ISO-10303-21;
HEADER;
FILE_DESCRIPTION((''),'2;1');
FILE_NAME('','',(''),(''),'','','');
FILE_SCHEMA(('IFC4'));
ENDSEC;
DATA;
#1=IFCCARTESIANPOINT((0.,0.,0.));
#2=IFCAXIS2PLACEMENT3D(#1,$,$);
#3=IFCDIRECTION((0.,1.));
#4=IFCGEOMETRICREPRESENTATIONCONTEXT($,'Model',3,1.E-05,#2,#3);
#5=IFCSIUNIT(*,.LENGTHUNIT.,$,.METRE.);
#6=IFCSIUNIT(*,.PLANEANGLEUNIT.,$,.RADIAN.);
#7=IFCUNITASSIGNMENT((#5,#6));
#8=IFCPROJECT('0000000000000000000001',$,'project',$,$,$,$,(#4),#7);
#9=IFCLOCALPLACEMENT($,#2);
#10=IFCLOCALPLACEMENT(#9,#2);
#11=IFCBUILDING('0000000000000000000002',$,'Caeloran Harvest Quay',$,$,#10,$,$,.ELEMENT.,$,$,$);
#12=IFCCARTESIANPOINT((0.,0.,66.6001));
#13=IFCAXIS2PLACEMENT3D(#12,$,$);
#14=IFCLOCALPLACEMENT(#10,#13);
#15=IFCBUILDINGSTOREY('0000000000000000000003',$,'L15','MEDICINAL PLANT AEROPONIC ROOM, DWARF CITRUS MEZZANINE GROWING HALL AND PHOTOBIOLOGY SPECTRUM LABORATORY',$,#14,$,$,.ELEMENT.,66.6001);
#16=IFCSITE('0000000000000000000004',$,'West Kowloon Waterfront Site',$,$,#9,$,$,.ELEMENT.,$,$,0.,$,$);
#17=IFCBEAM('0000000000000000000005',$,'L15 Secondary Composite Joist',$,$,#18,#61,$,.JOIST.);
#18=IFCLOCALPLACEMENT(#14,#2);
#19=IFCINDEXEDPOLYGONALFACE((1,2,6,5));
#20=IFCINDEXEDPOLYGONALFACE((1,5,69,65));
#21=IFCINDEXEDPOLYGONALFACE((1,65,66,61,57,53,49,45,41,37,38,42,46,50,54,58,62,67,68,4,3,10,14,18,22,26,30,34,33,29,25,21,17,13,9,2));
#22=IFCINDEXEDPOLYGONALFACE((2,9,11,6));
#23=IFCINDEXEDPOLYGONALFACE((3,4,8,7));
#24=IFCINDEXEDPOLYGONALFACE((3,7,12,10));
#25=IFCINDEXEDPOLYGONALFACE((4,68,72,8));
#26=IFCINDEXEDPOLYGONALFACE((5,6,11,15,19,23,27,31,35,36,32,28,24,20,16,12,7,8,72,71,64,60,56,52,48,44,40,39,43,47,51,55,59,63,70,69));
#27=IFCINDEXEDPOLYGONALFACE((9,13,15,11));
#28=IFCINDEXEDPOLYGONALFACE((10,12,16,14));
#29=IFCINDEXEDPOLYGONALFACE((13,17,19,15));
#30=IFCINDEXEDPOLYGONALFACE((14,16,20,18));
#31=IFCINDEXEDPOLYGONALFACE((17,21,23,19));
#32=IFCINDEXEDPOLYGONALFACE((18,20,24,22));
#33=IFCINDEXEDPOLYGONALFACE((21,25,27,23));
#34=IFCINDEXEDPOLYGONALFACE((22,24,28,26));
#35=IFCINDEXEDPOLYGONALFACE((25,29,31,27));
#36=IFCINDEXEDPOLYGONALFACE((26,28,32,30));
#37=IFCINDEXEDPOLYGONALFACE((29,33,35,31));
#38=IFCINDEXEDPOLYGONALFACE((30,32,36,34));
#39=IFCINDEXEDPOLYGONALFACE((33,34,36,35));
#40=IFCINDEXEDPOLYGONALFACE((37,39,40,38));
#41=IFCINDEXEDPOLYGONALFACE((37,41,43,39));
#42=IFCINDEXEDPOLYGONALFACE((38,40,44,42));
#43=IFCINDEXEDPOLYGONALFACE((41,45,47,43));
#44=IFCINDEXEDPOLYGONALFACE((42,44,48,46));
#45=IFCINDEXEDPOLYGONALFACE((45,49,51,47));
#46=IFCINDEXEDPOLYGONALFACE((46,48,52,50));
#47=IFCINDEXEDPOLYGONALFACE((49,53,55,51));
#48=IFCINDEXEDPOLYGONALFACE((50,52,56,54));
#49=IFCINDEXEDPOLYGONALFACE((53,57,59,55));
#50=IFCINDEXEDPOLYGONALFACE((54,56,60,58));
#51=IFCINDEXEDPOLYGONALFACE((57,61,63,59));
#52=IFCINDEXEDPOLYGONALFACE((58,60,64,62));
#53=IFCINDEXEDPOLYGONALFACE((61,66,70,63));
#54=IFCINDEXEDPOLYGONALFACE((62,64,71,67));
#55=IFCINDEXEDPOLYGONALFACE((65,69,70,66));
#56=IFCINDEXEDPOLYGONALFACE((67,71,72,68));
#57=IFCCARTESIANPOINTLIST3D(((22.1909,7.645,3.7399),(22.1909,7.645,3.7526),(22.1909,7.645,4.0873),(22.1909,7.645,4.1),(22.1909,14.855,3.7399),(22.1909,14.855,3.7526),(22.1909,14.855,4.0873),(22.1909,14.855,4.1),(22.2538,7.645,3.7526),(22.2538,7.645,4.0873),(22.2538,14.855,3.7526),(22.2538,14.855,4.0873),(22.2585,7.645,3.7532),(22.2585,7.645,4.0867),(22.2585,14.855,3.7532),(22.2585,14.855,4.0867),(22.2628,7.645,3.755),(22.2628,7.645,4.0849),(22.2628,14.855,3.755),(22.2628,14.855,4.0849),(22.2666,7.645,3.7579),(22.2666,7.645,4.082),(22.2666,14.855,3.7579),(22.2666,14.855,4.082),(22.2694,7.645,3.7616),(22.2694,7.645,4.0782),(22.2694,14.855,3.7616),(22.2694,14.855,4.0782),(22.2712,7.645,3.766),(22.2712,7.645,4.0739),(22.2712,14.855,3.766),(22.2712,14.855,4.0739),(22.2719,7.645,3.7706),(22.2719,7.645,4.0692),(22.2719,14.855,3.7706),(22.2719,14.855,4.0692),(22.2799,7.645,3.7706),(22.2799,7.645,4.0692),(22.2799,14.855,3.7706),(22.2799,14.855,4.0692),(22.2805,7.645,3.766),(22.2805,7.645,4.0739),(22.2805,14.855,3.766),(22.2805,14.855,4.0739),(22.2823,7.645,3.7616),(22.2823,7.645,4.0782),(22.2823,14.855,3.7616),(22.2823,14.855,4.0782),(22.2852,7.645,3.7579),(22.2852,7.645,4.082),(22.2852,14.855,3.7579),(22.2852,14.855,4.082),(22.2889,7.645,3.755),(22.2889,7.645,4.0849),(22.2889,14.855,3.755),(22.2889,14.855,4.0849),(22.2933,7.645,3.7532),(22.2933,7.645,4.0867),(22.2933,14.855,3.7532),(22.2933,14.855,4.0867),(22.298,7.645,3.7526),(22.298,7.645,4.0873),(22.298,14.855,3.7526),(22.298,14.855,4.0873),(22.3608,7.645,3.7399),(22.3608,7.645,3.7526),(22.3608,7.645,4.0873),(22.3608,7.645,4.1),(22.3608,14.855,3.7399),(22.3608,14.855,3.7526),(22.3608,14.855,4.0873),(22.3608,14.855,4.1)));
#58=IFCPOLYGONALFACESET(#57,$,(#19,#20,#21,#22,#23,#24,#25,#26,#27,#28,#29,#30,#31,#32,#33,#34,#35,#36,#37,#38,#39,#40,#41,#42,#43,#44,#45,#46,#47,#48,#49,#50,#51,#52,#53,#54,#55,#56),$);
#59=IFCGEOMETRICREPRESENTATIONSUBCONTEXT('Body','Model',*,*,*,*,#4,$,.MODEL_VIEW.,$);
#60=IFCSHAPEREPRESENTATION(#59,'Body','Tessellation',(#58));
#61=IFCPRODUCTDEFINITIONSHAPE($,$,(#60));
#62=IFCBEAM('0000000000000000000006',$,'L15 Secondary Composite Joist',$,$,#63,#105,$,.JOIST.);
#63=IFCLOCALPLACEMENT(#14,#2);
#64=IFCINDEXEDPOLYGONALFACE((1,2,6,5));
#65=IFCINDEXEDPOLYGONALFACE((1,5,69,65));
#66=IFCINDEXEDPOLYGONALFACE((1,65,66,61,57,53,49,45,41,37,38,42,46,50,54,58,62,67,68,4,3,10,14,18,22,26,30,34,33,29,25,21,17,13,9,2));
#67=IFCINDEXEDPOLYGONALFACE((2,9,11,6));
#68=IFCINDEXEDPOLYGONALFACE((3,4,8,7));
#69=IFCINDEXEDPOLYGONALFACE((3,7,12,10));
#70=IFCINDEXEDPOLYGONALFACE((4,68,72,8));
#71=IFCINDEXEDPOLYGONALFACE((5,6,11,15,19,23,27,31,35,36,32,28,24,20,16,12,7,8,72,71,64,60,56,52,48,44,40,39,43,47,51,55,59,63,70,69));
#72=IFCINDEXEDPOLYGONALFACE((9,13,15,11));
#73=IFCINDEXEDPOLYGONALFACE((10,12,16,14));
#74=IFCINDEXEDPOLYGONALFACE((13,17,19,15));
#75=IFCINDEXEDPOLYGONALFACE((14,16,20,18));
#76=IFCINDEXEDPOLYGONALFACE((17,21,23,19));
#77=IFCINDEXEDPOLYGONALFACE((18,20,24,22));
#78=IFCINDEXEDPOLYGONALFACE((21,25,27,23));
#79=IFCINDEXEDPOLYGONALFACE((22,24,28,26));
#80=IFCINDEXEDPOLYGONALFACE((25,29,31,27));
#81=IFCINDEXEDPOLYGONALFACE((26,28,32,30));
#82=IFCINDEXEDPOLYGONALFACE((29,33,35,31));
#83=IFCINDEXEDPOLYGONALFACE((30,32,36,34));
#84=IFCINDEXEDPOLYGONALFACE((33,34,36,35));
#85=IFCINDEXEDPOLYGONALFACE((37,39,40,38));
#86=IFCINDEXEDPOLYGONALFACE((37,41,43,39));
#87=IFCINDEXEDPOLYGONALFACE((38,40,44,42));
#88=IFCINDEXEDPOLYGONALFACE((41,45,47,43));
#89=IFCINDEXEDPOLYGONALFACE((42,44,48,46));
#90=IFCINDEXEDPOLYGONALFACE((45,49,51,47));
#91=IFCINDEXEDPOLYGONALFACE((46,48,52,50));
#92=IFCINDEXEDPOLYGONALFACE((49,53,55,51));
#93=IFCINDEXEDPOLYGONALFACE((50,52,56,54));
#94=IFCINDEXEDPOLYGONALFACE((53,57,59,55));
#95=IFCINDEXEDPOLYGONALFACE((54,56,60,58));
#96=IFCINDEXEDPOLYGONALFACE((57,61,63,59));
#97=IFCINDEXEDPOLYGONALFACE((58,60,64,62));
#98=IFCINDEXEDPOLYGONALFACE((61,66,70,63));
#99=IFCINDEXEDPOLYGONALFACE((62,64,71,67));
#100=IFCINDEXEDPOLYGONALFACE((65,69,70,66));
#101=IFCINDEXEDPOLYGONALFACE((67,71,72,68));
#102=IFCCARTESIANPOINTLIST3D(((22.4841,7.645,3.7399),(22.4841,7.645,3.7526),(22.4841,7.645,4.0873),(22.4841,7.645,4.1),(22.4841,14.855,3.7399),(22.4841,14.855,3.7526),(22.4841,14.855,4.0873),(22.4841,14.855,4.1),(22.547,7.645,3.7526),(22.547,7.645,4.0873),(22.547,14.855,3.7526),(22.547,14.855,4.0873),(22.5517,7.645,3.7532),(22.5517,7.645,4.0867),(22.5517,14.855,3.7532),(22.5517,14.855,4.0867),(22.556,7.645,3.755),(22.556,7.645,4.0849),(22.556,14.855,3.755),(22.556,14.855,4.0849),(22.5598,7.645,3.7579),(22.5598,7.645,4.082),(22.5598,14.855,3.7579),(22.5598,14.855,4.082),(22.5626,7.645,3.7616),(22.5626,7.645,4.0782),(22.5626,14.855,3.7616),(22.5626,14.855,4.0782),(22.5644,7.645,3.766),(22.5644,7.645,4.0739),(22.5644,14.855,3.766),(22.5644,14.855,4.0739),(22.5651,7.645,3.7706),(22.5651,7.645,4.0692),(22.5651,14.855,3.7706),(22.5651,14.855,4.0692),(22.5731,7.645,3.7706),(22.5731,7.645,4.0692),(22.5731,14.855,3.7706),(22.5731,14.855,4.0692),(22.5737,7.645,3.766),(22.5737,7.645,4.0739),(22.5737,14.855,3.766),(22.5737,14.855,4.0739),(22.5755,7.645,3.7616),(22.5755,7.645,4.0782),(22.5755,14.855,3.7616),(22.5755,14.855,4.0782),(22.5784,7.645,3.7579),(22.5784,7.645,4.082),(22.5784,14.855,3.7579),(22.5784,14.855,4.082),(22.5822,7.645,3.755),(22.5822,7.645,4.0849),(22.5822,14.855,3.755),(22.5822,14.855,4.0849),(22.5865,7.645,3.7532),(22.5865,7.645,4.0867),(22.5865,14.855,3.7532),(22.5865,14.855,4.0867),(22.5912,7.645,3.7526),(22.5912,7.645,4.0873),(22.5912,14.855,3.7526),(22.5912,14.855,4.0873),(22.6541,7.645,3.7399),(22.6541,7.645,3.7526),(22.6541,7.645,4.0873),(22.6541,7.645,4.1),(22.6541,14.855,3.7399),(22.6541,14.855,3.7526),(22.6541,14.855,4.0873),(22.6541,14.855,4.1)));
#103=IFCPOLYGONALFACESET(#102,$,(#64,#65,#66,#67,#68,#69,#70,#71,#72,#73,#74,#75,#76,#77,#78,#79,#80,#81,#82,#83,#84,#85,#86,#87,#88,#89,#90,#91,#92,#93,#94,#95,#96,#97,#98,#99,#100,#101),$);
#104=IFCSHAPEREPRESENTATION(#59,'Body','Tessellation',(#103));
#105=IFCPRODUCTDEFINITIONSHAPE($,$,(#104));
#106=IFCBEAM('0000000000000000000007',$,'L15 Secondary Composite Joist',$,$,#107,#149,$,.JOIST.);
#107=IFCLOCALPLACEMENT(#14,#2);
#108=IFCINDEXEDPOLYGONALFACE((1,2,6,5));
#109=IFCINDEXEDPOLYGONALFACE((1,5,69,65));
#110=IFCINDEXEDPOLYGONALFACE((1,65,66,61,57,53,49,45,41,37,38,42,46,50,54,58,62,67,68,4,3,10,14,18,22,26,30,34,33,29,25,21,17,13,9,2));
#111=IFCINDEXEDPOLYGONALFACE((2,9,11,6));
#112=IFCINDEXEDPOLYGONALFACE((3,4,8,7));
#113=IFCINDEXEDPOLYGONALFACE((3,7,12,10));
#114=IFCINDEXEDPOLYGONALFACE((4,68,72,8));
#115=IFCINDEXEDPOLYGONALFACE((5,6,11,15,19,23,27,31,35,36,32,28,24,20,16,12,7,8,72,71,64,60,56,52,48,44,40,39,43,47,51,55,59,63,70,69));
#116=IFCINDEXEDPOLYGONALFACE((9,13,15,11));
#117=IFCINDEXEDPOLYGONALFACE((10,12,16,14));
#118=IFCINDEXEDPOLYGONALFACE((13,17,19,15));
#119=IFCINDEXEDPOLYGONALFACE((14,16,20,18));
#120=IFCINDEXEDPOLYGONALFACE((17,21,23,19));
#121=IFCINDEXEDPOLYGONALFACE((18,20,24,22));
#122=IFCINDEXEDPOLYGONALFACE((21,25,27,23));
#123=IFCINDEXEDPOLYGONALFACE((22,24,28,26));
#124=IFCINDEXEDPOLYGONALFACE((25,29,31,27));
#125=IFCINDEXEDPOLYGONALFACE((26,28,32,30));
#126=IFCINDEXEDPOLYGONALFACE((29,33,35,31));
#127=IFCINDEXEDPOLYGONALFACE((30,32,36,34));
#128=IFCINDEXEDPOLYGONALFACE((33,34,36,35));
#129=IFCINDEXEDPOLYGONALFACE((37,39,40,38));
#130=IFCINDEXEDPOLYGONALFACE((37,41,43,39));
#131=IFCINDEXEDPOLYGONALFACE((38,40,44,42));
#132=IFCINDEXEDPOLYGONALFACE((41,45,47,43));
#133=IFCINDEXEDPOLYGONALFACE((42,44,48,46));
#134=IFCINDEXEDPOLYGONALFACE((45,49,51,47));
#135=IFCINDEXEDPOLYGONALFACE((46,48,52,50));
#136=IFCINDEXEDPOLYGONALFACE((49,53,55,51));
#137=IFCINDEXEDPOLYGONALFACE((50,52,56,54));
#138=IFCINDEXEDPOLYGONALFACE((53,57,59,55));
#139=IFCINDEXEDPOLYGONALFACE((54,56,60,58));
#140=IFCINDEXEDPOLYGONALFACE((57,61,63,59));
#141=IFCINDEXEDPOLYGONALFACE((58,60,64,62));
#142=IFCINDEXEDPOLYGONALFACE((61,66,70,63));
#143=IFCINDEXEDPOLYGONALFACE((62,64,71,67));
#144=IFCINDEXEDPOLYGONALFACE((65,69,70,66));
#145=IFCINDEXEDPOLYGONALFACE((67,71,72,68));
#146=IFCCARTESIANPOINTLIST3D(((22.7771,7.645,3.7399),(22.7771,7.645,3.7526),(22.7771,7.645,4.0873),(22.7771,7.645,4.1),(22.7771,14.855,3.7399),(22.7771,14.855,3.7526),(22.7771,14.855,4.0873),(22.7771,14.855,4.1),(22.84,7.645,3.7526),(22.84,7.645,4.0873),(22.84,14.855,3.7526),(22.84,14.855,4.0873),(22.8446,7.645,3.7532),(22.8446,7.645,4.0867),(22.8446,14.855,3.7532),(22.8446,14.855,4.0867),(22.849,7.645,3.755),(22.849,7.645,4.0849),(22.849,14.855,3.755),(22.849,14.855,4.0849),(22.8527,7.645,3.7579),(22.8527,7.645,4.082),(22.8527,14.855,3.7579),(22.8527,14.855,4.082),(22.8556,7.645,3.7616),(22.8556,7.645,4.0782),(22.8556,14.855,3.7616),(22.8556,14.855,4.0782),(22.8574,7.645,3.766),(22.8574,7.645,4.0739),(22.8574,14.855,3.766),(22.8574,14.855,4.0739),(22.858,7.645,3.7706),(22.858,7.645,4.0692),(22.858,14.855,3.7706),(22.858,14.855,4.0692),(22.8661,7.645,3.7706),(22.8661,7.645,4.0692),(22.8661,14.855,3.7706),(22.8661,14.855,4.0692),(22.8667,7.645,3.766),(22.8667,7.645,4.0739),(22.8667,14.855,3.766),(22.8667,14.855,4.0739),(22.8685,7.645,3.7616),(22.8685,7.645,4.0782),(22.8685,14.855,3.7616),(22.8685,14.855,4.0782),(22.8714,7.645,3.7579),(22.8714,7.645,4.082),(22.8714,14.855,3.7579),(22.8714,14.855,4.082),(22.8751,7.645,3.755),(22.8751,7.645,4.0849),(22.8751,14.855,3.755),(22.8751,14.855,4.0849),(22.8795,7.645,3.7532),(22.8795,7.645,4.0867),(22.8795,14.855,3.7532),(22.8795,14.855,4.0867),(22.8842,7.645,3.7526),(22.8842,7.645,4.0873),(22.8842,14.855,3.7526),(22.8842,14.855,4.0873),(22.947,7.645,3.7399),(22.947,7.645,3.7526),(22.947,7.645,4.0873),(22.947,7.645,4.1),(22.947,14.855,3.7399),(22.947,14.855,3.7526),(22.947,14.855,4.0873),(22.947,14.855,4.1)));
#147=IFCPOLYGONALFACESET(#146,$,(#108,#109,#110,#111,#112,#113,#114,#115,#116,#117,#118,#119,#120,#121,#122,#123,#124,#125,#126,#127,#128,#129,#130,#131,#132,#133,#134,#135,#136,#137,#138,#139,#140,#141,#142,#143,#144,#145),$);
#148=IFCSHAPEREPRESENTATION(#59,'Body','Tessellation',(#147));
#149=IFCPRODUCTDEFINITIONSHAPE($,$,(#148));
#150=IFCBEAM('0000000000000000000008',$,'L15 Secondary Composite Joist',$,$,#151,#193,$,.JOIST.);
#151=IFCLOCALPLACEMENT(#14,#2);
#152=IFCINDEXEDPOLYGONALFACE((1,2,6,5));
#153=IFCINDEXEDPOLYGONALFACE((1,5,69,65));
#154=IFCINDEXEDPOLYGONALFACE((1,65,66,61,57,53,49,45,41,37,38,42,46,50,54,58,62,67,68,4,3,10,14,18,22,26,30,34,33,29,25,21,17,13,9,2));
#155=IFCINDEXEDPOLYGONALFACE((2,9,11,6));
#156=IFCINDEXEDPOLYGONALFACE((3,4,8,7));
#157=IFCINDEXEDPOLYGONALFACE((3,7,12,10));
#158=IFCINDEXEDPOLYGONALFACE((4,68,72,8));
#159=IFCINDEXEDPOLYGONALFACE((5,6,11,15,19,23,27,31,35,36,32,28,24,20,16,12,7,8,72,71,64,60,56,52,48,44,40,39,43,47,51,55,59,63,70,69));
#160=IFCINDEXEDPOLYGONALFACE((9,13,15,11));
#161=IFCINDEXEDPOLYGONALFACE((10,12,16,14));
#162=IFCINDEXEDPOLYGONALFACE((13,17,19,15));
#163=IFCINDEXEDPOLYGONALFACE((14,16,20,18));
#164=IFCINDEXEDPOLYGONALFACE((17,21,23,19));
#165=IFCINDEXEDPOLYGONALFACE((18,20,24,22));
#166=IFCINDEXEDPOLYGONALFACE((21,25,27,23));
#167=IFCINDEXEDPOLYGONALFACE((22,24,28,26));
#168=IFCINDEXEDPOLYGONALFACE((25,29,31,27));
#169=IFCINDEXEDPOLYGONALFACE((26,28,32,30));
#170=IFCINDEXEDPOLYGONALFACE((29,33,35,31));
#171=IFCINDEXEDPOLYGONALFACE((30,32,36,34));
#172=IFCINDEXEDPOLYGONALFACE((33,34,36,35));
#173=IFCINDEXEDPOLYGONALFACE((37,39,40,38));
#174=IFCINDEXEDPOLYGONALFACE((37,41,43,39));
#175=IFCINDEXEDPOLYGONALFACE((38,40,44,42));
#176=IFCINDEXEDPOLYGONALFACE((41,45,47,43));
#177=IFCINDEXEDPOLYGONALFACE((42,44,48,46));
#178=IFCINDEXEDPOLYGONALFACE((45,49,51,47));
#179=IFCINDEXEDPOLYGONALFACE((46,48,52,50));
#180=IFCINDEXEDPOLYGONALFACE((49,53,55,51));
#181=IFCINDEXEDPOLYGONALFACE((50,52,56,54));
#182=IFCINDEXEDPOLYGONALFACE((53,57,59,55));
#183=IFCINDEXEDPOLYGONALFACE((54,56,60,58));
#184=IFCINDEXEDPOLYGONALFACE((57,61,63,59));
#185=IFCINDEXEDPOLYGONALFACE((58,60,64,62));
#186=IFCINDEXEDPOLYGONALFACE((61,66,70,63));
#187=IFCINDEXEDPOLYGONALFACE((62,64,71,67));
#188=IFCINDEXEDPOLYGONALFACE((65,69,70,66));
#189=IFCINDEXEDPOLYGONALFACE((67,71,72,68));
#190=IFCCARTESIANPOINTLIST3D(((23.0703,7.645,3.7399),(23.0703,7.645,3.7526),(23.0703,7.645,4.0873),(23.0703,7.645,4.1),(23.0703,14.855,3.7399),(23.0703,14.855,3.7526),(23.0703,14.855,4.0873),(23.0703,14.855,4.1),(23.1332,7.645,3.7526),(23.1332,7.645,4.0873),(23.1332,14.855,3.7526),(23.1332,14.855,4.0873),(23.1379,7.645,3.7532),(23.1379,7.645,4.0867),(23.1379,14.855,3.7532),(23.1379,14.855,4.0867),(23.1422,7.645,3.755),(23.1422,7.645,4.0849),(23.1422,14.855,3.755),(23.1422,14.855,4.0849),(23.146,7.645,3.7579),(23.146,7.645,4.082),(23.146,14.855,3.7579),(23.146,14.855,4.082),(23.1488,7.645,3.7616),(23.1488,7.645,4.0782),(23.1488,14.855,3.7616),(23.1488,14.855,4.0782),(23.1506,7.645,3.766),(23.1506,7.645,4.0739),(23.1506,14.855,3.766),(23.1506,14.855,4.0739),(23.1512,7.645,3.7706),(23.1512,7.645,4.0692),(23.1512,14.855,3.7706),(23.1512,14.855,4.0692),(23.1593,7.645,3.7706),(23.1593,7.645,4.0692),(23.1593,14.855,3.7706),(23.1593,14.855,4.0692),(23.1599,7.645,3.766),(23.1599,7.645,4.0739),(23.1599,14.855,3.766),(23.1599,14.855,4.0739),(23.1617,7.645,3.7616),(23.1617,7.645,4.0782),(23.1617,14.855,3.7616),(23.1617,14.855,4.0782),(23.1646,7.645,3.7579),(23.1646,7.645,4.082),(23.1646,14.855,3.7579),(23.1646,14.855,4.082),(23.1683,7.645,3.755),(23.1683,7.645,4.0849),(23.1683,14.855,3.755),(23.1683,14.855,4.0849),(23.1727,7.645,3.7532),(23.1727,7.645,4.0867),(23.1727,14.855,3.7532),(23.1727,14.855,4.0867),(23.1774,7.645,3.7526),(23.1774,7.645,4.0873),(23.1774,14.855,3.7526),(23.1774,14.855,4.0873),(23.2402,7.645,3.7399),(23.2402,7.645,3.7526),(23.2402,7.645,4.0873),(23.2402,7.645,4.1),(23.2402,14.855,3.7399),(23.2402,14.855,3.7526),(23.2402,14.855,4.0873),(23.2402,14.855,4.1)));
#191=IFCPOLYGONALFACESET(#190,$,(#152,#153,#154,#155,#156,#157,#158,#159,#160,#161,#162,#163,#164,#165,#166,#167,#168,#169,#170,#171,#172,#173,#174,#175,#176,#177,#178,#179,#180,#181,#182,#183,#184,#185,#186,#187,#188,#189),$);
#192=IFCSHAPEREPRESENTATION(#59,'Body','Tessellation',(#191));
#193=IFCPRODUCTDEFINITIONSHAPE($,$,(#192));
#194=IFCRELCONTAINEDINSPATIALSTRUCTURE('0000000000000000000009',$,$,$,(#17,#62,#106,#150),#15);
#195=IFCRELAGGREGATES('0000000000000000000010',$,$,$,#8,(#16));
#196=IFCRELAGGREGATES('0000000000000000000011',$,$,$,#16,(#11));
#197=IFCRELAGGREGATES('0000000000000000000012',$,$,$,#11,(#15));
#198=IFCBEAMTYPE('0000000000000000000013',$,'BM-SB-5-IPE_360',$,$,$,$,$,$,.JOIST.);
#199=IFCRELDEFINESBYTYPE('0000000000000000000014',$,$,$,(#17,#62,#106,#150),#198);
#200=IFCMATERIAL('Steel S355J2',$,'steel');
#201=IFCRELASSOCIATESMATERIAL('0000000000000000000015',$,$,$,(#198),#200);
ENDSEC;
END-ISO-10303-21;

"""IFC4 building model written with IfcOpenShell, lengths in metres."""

from ifc_helpers import new_model, si_unit, direction, frame, origin, origin_2d, place, context, subcontext, project, spatial, i_section, extrude, material, material_profile, profile_set, type_object, element, save


model = new_model("IFC4")

# Units and contexts
model_context = context("Model", 3, precision=1e-05, world=origin(), true_north=direction((0.0, 1.0)))
body_context = subcontext(model_context, "Body", "Model", "MODEL_VIEW")
ifc_project = project(units=[si_unit("LENGTHUNIT", "METRE"), si_unit("PLANEANGLEUNIT", "RADIAN")], contexts=[model_context])

# Site, building, storey
site_placement = place(None, origin())
site = spatial("IfcSite", under=ifc_project, at=site_placement, Name="West Kowloon Waterfront Site", CompositionType="ELEMENT", RefElevation=0.0)
building_placement = place(site_placement, origin())
building = spatial("IfcBuilding", under=site, at=building_placement, Name="Caeloran Harvest Quay", CompositionType="ELEMENT")
storey_placement = place(building_placement, frame((0.0, 0.0, 66.6001)))
storey = spatial("IfcBuildingStorey", under=building, at=storey_placement, Name="L15", Description="MEDICINAL PLANT AEROPONIC ROOM, DWARF CITRUS MEZZANINE GROWING HALL AND PHOTOBIOLOGY SPECTRUM LABORATORY", CompositionType="ELEMENT", Elevation=66.6001)

# Beams
ifc_material_1 = material(Name="Steel S355J2", Category="steel")
ifc_material_profile_1 = material_profile(ifc_material_1, i_section(OverallWidth=0.1699, OverallDepth=0.3601, WebThickness=0.0081, FlangeThickness=0.0127, FilletRadius=0.0181, at=origin_2d()), Name="IPE 360")
ifc_profile_set_1 = profile_set([ifc_material_profile_1], Name="Steel S355J2")
beam_type_1 = type_object("IfcBeamType", Name="BM-SB-5-IPE_360", PredefinedType="JOIST", material=ifc_profile_set_1)
for number, where, z_axis, x_axis, name in (
    (1, (22.2759, 7.645, 3.9199), (0.0, 1.0, 0.0), (-1.0, 0.0, 0.0), "L15 Secondary Composite Joist"),
    (2, (22.5691, 7.645, 3.9199), (0.0, 1.0, 0.0), (-1.0, 0.0, 0.0), "L15 Secondary Composite Joist"),
    (3, (22.8621, 7.645, 3.9199), (0.0, 1.0, 0.0), (-1.0, 0.0, 0.0), "L15 Secondary Composite Joist"),
    (4, (23.1553, 7.645, 3.9199), (0.0, 1.0, 0.0), (-1.0, 0.0, 0.0), "L15 Secondary Composite Joist"),
):
    element("IfcBeam", number, at=place(storey_placement, frame(where, z_axis=z_axis, x_axis=x_axis)), inside=storey, type_object=beam_type_1, Name=name, PredefinedType="JOIST", context=body_context, shape_type="SweptSolid", body=[
        extrude(i_section(OverallWidth=0.1699, OverallDepth=0.3601, WebThickness=0.0081, FlangeThickness=0.0127, FilletRadius=0.0181, at=origin_2d()), origin(), (0.0, 0.0, 1.0), 7.21),
    ])

save(model, "model.ifc")
